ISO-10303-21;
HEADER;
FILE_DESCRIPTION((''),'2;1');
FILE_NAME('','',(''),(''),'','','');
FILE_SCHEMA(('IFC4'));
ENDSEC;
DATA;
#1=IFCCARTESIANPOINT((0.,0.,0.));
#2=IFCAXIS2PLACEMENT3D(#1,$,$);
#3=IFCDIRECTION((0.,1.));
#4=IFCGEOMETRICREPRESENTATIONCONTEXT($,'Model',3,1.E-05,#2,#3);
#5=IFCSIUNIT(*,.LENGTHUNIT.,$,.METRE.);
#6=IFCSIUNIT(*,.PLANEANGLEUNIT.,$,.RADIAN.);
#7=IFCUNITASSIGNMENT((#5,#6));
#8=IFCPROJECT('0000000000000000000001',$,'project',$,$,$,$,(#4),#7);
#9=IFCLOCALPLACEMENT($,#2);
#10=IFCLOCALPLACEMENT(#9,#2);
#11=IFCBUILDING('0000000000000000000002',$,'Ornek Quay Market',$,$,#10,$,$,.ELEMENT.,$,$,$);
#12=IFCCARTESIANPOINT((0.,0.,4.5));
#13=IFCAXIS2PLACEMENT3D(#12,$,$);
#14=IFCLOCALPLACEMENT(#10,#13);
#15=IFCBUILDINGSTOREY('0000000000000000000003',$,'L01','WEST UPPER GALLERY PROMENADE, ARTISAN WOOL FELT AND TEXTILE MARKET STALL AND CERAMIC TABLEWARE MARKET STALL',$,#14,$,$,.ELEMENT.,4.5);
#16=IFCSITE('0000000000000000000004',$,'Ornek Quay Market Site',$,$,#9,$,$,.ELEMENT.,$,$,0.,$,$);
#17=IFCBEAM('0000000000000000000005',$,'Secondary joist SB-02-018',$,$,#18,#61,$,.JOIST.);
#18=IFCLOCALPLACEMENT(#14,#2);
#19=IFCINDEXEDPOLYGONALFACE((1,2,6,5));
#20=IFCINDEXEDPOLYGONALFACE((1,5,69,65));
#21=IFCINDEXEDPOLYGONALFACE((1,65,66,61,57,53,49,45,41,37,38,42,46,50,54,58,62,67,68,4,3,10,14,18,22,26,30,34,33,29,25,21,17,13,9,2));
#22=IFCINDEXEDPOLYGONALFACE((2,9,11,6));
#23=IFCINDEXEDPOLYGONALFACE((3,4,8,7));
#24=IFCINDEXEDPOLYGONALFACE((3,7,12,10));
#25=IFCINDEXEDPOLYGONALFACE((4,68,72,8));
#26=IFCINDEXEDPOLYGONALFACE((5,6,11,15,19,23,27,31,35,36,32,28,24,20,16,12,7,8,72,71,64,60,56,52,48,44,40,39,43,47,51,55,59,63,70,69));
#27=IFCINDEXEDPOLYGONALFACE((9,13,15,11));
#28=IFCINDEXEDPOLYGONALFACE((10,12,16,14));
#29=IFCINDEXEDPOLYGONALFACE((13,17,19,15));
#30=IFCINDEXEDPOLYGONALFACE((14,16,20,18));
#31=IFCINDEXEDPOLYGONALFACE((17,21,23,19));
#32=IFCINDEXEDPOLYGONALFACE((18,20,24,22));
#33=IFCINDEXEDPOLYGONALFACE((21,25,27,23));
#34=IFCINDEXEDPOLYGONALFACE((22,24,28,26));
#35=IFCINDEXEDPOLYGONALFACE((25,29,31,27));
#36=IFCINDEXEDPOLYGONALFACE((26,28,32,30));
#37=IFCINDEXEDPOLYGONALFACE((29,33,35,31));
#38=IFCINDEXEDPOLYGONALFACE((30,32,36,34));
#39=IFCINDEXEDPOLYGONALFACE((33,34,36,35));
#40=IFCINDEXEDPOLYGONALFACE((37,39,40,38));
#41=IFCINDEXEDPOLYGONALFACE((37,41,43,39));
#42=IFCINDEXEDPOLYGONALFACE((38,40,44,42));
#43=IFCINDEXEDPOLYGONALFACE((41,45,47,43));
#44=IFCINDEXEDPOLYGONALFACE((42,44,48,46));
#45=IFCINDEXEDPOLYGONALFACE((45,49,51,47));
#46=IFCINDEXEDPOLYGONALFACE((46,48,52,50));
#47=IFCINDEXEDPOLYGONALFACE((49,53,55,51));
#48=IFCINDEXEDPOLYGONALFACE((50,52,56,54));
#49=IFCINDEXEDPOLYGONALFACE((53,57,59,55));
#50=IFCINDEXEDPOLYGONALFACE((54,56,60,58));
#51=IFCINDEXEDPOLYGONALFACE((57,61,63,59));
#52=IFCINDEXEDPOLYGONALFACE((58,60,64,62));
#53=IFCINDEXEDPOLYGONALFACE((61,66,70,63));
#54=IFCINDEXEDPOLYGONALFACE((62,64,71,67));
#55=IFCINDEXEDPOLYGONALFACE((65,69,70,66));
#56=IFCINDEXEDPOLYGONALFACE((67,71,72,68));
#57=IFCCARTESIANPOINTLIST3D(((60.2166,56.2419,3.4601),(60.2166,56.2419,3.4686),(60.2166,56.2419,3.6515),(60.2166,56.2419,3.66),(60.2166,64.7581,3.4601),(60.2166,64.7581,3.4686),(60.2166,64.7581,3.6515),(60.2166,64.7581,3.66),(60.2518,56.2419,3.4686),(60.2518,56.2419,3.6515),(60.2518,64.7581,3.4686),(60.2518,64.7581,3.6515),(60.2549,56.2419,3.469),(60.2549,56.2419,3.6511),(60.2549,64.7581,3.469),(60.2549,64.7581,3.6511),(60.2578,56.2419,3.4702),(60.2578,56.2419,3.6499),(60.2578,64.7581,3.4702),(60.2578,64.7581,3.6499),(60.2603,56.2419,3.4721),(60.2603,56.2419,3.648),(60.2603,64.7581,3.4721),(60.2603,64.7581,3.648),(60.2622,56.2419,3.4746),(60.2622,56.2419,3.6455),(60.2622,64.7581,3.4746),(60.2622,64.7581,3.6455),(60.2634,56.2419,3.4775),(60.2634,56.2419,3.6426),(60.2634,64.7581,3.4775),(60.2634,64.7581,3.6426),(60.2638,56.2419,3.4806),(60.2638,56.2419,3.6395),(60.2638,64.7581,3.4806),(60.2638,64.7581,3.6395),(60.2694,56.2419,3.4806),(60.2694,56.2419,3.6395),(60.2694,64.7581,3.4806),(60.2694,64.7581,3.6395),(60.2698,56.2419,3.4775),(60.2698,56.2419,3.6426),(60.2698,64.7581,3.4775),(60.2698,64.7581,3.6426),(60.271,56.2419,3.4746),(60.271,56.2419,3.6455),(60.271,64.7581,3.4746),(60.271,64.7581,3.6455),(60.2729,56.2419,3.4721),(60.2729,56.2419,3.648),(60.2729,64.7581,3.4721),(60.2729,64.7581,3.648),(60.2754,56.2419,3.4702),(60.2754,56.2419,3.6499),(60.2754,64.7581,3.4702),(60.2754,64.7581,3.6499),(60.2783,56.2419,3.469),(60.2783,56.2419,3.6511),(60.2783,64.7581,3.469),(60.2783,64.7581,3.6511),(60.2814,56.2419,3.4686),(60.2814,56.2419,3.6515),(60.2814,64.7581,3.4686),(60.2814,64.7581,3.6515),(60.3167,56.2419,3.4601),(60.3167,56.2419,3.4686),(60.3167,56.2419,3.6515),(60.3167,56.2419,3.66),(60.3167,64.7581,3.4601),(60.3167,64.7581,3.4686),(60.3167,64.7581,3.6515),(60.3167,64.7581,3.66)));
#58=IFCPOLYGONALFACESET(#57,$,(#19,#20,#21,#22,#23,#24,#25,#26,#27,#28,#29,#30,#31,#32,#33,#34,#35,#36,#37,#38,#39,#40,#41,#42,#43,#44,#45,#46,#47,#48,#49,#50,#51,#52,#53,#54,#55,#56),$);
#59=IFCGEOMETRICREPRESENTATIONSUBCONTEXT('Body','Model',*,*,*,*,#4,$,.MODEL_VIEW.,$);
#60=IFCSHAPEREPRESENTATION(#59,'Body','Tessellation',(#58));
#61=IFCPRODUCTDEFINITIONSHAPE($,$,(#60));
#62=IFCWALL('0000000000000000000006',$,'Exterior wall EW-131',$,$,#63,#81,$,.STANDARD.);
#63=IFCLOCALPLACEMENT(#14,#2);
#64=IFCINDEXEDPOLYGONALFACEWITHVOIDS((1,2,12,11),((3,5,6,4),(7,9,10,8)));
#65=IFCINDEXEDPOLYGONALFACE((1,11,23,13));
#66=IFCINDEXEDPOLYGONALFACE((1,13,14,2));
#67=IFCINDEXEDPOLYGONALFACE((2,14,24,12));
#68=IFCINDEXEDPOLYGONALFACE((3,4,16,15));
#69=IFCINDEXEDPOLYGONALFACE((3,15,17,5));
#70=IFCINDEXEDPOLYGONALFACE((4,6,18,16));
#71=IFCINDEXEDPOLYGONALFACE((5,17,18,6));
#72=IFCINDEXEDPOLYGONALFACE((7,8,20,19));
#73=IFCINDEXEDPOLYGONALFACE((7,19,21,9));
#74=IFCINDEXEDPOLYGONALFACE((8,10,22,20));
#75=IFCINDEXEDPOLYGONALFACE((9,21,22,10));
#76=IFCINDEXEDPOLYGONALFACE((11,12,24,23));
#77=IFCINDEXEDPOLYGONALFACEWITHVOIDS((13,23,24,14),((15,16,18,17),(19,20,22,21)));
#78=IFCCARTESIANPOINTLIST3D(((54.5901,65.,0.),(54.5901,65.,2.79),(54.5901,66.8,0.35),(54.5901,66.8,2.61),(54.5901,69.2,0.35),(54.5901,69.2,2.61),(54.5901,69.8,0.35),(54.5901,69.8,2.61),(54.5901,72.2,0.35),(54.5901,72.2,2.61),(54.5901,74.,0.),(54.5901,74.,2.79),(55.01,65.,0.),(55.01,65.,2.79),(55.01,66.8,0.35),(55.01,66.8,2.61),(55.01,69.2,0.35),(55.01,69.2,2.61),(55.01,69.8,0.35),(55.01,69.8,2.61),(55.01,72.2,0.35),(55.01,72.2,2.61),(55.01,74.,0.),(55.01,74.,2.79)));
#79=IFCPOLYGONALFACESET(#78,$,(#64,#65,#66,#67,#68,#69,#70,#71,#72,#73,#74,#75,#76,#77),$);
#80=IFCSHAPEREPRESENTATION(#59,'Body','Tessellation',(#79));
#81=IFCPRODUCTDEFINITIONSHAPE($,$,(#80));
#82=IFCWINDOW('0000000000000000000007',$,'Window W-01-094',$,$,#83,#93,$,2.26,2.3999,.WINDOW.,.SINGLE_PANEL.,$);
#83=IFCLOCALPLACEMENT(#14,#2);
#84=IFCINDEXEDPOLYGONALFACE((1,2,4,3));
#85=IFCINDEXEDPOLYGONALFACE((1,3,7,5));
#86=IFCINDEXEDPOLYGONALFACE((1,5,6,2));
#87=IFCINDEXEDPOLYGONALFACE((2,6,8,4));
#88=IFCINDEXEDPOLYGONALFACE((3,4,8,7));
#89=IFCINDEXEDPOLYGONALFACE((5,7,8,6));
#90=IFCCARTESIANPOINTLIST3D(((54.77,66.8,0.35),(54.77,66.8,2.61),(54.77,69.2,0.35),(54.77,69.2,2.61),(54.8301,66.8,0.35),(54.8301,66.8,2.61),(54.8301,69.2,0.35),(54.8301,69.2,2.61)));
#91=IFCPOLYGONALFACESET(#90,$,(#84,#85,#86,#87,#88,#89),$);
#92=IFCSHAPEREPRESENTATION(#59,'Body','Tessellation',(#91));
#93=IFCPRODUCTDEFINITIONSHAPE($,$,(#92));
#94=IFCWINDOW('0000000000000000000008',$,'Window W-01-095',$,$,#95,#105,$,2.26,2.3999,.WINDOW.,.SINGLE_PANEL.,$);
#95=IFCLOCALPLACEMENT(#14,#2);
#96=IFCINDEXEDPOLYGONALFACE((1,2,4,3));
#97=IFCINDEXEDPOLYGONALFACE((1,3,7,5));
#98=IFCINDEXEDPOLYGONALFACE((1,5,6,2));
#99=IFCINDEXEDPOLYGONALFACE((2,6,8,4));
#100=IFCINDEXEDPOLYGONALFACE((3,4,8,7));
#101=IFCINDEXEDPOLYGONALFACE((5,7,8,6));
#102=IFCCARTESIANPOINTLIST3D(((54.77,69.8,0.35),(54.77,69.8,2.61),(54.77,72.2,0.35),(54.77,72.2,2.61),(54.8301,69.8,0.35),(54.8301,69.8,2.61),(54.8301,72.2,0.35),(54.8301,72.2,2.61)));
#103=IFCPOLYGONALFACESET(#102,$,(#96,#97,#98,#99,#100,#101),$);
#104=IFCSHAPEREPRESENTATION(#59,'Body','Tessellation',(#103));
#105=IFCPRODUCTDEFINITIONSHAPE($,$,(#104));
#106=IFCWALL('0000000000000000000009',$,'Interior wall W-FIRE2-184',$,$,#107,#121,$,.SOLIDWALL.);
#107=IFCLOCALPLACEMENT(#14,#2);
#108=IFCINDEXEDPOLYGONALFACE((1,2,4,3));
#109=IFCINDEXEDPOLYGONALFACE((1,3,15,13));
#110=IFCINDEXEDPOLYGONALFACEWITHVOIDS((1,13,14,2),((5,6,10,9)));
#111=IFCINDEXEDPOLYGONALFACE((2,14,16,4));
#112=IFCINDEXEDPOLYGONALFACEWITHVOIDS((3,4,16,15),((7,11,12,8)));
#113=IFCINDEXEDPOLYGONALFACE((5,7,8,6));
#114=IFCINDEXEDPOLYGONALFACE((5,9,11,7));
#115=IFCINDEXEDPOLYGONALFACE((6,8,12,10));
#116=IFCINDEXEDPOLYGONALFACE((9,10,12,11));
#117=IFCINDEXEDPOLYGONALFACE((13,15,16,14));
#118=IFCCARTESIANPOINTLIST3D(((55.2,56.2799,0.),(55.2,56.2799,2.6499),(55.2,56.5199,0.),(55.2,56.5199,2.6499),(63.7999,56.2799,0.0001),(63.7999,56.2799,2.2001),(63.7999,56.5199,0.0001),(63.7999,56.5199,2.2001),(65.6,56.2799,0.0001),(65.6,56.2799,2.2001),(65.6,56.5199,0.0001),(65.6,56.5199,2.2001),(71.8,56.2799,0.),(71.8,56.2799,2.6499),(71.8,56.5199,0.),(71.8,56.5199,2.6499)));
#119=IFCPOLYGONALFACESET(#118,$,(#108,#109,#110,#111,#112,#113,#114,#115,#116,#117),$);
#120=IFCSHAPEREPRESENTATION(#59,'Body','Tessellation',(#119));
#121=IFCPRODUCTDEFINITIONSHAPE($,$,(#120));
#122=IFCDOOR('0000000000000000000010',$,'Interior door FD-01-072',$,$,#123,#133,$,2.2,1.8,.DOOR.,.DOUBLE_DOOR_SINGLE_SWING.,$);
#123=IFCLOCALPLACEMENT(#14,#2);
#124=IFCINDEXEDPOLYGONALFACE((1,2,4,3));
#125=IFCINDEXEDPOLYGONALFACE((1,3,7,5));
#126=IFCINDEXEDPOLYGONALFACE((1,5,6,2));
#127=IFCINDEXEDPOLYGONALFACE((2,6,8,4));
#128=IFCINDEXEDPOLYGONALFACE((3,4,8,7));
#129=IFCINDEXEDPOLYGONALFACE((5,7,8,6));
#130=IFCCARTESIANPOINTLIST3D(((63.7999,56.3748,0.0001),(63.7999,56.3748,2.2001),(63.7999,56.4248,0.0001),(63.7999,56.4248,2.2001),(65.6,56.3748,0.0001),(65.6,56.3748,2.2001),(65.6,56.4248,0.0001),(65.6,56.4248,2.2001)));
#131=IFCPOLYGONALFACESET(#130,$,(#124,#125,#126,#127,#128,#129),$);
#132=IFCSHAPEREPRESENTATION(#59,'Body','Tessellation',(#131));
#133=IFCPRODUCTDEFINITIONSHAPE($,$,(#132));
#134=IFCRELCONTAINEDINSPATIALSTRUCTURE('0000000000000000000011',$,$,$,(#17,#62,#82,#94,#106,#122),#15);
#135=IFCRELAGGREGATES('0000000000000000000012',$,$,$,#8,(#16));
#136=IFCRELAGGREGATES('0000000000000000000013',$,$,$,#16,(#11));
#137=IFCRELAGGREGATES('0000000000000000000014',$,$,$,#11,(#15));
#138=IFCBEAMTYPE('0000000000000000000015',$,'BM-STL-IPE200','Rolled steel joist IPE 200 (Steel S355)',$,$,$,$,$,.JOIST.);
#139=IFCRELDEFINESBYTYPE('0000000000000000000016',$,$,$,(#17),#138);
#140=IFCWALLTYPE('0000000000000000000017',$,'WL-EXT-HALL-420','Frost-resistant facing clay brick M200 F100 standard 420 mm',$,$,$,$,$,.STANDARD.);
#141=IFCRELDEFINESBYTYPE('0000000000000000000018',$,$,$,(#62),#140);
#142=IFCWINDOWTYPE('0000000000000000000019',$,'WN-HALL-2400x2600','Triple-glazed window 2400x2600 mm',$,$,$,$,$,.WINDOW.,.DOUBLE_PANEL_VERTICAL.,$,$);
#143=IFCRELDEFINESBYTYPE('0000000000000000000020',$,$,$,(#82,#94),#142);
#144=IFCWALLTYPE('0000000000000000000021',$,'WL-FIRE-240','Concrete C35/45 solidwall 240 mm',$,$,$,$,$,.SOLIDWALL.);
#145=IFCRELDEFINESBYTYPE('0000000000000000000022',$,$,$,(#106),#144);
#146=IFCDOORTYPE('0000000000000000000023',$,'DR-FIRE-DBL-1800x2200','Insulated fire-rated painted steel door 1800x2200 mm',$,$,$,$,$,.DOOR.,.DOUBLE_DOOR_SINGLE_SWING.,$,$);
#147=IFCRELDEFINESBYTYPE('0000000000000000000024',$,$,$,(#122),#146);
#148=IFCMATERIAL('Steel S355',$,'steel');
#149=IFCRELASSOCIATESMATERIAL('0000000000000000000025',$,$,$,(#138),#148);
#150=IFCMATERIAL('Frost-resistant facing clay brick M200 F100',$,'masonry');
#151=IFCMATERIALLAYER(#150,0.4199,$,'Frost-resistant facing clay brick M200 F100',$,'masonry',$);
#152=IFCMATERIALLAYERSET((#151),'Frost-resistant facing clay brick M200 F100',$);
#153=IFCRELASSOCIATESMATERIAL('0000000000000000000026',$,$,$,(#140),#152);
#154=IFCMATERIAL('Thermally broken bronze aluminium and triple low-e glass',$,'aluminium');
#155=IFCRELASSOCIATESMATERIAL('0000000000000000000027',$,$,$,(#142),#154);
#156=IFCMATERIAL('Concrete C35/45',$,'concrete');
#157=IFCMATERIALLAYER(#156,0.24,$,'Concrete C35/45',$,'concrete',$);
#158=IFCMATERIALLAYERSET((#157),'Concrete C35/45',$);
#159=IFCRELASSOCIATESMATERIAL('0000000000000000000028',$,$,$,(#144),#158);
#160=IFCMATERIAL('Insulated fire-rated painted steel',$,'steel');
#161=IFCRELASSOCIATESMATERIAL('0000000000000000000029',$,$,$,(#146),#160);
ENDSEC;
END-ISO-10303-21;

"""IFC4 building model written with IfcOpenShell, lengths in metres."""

from ifc_helpers import new_model, si_unit, direction, frame, frame_2d, origin, origin_2d, place, context, subcontext, project, spatial, rectangle, i_section, extrude, material, layer, layer_set, material_profile, profile_set, type_object, element, fill, save


model = new_model("IFC4")

# Units and contexts
model_context = context("Model", 3, precision=1e-05, world=origin(), true_north=direction((0.0, 1.0)))
body_context = subcontext(model_context, "Body", "Model", "MODEL_VIEW")
ifc_project = project(units=[si_unit("LENGTHUNIT", "METRE"), si_unit("PLANEANGLEUNIT", "RADIAN")], contexts=[model_context])

# Site, building, storey
site_placement = place(None, origin())
site = spatial("IfcSite", under=ifc_project, at=site_placement, Name="Ornek Quay Market Site", CompositionType="ELEMENT", RefElevation=0.0)
building_placement = place(site_placement, origin())
building = spatial("IfcBuilding", under=site, at=building_placement, Name="Ornek Quay Market", CompositionType="ELEMENT")
storey_placement = place(building_placement, frame((0.0, 0.0, 4.5)))
storey = spatial("IfcBuildingStorey", under=building, at=storey_placement, Name="L01", Description="WEST UPPER GALLERY PROMENADE, ARTISAN WOOL FELT AND TEXTILE MARKET STALL AND CERAMIC TABLEWARE MARKET STALL", CompositionType="ELEMENT", Elevation=4.5)

# Beam
ifc_material_1 = material(Name="Concrete C35/45", Category="concrete")
ifc_material_2 = material(Name="Steel S355", Category="steel")
ifc_material_profile_1 = material_profile(ifc_material_2, i_section(OverallWidth=0.1001, OverallDepth=0.2, WebThickness=0.0056, FlangeThickness=0.0085, FilletRadius=0.012, at=origin_2d()), Name="IPE 200", Category="steel")
ifc_profile_set_1 = profile_set([ifc_material_profile_1], Name="Steel S355")
beam_type_1 = type_object("IfcBeamType", Name="BM-STL-IPE200", Description="Rolled steel joist IPE 200 (Steel S355)", PredefinedType="JOIST", material=ifc_profile_set_1)
for number, where, z_axis, x_axis, name in (
    (1, (60.2666, 56.2419, 3.5601), (0.0, 1.0, 0.0), (-1.0, 0.0, 0.0), "Secondary joist SB-02-018"),
):
    element("IfcBeam", number, at=place(storey_placement, frame(where, z_axis=z_axis, x_axis=x_axis)), inside=storey, type_object=beam_type_1, Name=name, PredefinedType="JOIST", context=body_context, shape_type="SweptSolid", body=[
        extrude(i_section(OverallWidth=0.1001, OverallDepth=0.2, WebThickness=0.0056, FlangeThickness=0.0085, FilletRadius=0.012, at=origin_2d()), origin(), (0.0, 0.0, 1.0), 8.5161),
    ])

# Wall, openings, windows
ifc_material_3 = material(Name="Frost-resistant facing clay brick M200 F100", Category="masonry")
ifc_layer_1 = layer(ifc_material_3, 0.4199, Name="Frost-resistant facing clay brick M200 F100", Category="masonry")
ifc_layer_set_1 = layer_set([ifc_layer_1], Name="Frost-resistant facing clay brick M200 F100")
wall_type_1 = type_object("IfcWallType", Name="WL-EXT-HALL-420", Description="Frost-resistant facing clay brick M200 F100 standard 420 mm", PredefinedType="STANDARD", material=ifc_layer_set_1)
wall_1_placement = place(storey_placement, frame((54.8, 65.0, 0.0), z_axis=(0.0, 0.0, 1.0), x_axis=(0.0, 1.0, 0.0)))
wall_1 = element("IfcWall", 2, at=wall_1_placement, inside=storey, type_object=wall_type_1, Name="Exterior wall EW-131", PredefinedType="STANDARD", context=body_context, shape_type="SweptSolid", body=[
    extrude(rectangle(XDim=9.0, YDim=0.4199, at=frame_2d((4.5, 0.0))), origin(), (0.0, 0.0, 1.0), 2.79),
])
opening_1_placement = place(wall_1_placement, frame((1.8, 0.0, 0.3501)))
opening_1 = element("IfcOpeningElement", 3, at=opening_1_placement, cuts=wall_1, PredefinedType="OPENING", context=body_context, shape_type="SweptSolid", body=[
    extrude(rectangle(XDim=2.3999, YDim=2.26, at=frame_2d((1.2, 1.1299))), frame((0.0, 0.22, 0.0), z_axis=(0.0, -1.0, 0.0), x_axis=(1.0, 0.0, 0.0)), (0.0, 0.0, 1.0), 0.4399),
])
opening_2_placement = place(wall_1_placement, frame((4.8, 0.0, 0.3501)))
opening_2 = element("IfcOpeningElement", 4, at=opening_2_placement, cuts=wall_1, PredefinedType="OPENING", context=body_context, shape_type="SweptSolid", body=[
    extrude(rectangle(XDim=2.3999, YDim=2.26, at=frame_2d((1.2, 1.1299))), frame((0.0, 0.22, 0.0), z_axis=(0.0, -1.0, 0.0), x_axis=(1.0, 0.0, 0.0)), (0.0, 0.0, 1.0), 0.4399),
])
ifc_material_4 = material(Name="Thermally broken bronze aluminium and triple low-e glass", Category="aluminium")
window_type = type_object("IfcWindowType", Name="WN-HALL-2400x2600", Description="Triple-glazed window 2400x2600 mm", PartitioningType="DOUBLE_PANEL_VERTICAL", PredefinedType="WINDOW", material=ifc_material_4)
window_1_placement = place(opening_1_placement, origin())
window_1 = element("IfcWindow", 5, at=window_1_placement, inside=storey, type_object=window_type, Name="Window W-01-094", OverallHeight=2.26, OverallWidth=2.3999, PartitioningType="SINGLE_PANEL", PredefinedType="WINDOW", context=body_context, shape_type="SweptSolid", body=[
    extrude(rectangle(XDim=2.3999, YDim=2.26, at=frame_2d((1.2, 1.1299))), frame((0.0, 0.03, 0.0), z_axis=(0.0, -1.0, 0.0), x_axis=(1.0, 0.0, 0.0)), (0.0, 0.0, 1.0), 0.0601),
])
fill(opening_1, window_1)
window_2_placement = place(opening_2_placement, origin())
window_2 = element("IfcWindow", 6, at=window_2_placement, inside=storey, type_object=window_type, Name="Window W-01-095", OverallHeight=2.26, OverallWidth=2.3999, PartitioningType="SINGLE_PANEL", PredefinedType="WINDOW", context=body_context, shape_type="SweptSolid", body=[
    extrude(rectangle(XDim=2.3999, YDim=2.26, at=frame_2d((1.2, 1.1299))), frame((0.0, 0.03, 0.0), z_axis=(0.0, -1.0, 0.0), x_axis=(1.0, 0.0, 0.0)), (0.0, 0.0, 1.0), 0.0601),
])
fill(opening_2, window_2)

# Wall, opening, door
ifc_layer_2 = layer(ifc_material_1, 0.24, Name="Concrete C35/45", Category="concrete")
ifc_layer_set_2 = layer_set([ifc_layer_2], Name="Concrete C35/45")
wall_type_2 = type_object("IfcWallType", Name="WL-FIRE-240", Description="Concrete C35/45 solidwall 240 mm", PredefinedType="SOLIDWALL", material=ifc_layer_set_2)
wall_2_placement = place(storey_placement, frame((55.2, 56.3999, 0.0), z_axis=(0.0, 0.0, 1.0), x_axis=(1.0, 0.0, 0.0)))
wall_2 = element("IfcWall", 7, at=wall_2_placement, inside=storey, type_object=wall_type_2, Name="Interior wall W-FIRE2-184", PredefinedType="SOLIDWALL", context=body_context, shape_type="SweptSolid", body=[
    extrude(rectangle(XDim=16.6001, YDim=0.24, at=frame_2d((8.3, 0.0))), origin(), (0.0, 0.0, 1.0), 2.6499),
])
opening_3_placement = place(wall_2_placement, frame((8.6001, 0.0, 0.0)))
opening_3 = element("IfcOpeningElement", 8, at=opening_3_placement, cuts=wall_2, PredefinedType="OPENING", context=body_context, shape_type="SweptSolid", body=[
    extrude(rectangle(XDim=1.8, YDim=2.2, at=frame_2d((0.8999, 1.1001))), frame((0.0, 0.1299, 0.0), z_axis=(0.0, -1.0, 0.0), x_axis=(1.0, 0.0, 0.0)), (0.0, 0.0, 1.0), 0.26),
])
ifc_material_5 = material(Name="Insulated fire-rated painted steel", Category="steel")
door_type = type_object("IfcDoorType", Name="DR-FIRE-DBL-1800x2200", Description="Insulated fire-rated painted steel door 1800x2200 mm", OperationType="DOUBLE_DOOR_SINGLE_SWING", PredefinedType="DOOR", material=ifc_material_5)
door_placement = place(opening_3_placement, origin())
door = element("IfcDoor", 9, at=door_placement, inside=storey, type_object=door_type, Name="Interior door FD-01-072", OperationType="DOUBLE_DOOR_SINGLE_SWING", OverallHeight=2.2, OverallWidth=1.8, PredefinedType="DOOR", context=body_context, shape_type="SweptSolid", body=[
    extrude(rectangle(XDim=1.8, YDim=2.2, at=frame_2d((0.8999, 1.1001))), frame((0.0, 0.0249, 0.0), z_axis=(0.0, -1.0, 0.0), x_axis=(1.0, 0.0, 0.0)), (0.0, 0.0, 1.0), 0.05),
])
fill(opening_3, door)

save(model, "model.ifc")
